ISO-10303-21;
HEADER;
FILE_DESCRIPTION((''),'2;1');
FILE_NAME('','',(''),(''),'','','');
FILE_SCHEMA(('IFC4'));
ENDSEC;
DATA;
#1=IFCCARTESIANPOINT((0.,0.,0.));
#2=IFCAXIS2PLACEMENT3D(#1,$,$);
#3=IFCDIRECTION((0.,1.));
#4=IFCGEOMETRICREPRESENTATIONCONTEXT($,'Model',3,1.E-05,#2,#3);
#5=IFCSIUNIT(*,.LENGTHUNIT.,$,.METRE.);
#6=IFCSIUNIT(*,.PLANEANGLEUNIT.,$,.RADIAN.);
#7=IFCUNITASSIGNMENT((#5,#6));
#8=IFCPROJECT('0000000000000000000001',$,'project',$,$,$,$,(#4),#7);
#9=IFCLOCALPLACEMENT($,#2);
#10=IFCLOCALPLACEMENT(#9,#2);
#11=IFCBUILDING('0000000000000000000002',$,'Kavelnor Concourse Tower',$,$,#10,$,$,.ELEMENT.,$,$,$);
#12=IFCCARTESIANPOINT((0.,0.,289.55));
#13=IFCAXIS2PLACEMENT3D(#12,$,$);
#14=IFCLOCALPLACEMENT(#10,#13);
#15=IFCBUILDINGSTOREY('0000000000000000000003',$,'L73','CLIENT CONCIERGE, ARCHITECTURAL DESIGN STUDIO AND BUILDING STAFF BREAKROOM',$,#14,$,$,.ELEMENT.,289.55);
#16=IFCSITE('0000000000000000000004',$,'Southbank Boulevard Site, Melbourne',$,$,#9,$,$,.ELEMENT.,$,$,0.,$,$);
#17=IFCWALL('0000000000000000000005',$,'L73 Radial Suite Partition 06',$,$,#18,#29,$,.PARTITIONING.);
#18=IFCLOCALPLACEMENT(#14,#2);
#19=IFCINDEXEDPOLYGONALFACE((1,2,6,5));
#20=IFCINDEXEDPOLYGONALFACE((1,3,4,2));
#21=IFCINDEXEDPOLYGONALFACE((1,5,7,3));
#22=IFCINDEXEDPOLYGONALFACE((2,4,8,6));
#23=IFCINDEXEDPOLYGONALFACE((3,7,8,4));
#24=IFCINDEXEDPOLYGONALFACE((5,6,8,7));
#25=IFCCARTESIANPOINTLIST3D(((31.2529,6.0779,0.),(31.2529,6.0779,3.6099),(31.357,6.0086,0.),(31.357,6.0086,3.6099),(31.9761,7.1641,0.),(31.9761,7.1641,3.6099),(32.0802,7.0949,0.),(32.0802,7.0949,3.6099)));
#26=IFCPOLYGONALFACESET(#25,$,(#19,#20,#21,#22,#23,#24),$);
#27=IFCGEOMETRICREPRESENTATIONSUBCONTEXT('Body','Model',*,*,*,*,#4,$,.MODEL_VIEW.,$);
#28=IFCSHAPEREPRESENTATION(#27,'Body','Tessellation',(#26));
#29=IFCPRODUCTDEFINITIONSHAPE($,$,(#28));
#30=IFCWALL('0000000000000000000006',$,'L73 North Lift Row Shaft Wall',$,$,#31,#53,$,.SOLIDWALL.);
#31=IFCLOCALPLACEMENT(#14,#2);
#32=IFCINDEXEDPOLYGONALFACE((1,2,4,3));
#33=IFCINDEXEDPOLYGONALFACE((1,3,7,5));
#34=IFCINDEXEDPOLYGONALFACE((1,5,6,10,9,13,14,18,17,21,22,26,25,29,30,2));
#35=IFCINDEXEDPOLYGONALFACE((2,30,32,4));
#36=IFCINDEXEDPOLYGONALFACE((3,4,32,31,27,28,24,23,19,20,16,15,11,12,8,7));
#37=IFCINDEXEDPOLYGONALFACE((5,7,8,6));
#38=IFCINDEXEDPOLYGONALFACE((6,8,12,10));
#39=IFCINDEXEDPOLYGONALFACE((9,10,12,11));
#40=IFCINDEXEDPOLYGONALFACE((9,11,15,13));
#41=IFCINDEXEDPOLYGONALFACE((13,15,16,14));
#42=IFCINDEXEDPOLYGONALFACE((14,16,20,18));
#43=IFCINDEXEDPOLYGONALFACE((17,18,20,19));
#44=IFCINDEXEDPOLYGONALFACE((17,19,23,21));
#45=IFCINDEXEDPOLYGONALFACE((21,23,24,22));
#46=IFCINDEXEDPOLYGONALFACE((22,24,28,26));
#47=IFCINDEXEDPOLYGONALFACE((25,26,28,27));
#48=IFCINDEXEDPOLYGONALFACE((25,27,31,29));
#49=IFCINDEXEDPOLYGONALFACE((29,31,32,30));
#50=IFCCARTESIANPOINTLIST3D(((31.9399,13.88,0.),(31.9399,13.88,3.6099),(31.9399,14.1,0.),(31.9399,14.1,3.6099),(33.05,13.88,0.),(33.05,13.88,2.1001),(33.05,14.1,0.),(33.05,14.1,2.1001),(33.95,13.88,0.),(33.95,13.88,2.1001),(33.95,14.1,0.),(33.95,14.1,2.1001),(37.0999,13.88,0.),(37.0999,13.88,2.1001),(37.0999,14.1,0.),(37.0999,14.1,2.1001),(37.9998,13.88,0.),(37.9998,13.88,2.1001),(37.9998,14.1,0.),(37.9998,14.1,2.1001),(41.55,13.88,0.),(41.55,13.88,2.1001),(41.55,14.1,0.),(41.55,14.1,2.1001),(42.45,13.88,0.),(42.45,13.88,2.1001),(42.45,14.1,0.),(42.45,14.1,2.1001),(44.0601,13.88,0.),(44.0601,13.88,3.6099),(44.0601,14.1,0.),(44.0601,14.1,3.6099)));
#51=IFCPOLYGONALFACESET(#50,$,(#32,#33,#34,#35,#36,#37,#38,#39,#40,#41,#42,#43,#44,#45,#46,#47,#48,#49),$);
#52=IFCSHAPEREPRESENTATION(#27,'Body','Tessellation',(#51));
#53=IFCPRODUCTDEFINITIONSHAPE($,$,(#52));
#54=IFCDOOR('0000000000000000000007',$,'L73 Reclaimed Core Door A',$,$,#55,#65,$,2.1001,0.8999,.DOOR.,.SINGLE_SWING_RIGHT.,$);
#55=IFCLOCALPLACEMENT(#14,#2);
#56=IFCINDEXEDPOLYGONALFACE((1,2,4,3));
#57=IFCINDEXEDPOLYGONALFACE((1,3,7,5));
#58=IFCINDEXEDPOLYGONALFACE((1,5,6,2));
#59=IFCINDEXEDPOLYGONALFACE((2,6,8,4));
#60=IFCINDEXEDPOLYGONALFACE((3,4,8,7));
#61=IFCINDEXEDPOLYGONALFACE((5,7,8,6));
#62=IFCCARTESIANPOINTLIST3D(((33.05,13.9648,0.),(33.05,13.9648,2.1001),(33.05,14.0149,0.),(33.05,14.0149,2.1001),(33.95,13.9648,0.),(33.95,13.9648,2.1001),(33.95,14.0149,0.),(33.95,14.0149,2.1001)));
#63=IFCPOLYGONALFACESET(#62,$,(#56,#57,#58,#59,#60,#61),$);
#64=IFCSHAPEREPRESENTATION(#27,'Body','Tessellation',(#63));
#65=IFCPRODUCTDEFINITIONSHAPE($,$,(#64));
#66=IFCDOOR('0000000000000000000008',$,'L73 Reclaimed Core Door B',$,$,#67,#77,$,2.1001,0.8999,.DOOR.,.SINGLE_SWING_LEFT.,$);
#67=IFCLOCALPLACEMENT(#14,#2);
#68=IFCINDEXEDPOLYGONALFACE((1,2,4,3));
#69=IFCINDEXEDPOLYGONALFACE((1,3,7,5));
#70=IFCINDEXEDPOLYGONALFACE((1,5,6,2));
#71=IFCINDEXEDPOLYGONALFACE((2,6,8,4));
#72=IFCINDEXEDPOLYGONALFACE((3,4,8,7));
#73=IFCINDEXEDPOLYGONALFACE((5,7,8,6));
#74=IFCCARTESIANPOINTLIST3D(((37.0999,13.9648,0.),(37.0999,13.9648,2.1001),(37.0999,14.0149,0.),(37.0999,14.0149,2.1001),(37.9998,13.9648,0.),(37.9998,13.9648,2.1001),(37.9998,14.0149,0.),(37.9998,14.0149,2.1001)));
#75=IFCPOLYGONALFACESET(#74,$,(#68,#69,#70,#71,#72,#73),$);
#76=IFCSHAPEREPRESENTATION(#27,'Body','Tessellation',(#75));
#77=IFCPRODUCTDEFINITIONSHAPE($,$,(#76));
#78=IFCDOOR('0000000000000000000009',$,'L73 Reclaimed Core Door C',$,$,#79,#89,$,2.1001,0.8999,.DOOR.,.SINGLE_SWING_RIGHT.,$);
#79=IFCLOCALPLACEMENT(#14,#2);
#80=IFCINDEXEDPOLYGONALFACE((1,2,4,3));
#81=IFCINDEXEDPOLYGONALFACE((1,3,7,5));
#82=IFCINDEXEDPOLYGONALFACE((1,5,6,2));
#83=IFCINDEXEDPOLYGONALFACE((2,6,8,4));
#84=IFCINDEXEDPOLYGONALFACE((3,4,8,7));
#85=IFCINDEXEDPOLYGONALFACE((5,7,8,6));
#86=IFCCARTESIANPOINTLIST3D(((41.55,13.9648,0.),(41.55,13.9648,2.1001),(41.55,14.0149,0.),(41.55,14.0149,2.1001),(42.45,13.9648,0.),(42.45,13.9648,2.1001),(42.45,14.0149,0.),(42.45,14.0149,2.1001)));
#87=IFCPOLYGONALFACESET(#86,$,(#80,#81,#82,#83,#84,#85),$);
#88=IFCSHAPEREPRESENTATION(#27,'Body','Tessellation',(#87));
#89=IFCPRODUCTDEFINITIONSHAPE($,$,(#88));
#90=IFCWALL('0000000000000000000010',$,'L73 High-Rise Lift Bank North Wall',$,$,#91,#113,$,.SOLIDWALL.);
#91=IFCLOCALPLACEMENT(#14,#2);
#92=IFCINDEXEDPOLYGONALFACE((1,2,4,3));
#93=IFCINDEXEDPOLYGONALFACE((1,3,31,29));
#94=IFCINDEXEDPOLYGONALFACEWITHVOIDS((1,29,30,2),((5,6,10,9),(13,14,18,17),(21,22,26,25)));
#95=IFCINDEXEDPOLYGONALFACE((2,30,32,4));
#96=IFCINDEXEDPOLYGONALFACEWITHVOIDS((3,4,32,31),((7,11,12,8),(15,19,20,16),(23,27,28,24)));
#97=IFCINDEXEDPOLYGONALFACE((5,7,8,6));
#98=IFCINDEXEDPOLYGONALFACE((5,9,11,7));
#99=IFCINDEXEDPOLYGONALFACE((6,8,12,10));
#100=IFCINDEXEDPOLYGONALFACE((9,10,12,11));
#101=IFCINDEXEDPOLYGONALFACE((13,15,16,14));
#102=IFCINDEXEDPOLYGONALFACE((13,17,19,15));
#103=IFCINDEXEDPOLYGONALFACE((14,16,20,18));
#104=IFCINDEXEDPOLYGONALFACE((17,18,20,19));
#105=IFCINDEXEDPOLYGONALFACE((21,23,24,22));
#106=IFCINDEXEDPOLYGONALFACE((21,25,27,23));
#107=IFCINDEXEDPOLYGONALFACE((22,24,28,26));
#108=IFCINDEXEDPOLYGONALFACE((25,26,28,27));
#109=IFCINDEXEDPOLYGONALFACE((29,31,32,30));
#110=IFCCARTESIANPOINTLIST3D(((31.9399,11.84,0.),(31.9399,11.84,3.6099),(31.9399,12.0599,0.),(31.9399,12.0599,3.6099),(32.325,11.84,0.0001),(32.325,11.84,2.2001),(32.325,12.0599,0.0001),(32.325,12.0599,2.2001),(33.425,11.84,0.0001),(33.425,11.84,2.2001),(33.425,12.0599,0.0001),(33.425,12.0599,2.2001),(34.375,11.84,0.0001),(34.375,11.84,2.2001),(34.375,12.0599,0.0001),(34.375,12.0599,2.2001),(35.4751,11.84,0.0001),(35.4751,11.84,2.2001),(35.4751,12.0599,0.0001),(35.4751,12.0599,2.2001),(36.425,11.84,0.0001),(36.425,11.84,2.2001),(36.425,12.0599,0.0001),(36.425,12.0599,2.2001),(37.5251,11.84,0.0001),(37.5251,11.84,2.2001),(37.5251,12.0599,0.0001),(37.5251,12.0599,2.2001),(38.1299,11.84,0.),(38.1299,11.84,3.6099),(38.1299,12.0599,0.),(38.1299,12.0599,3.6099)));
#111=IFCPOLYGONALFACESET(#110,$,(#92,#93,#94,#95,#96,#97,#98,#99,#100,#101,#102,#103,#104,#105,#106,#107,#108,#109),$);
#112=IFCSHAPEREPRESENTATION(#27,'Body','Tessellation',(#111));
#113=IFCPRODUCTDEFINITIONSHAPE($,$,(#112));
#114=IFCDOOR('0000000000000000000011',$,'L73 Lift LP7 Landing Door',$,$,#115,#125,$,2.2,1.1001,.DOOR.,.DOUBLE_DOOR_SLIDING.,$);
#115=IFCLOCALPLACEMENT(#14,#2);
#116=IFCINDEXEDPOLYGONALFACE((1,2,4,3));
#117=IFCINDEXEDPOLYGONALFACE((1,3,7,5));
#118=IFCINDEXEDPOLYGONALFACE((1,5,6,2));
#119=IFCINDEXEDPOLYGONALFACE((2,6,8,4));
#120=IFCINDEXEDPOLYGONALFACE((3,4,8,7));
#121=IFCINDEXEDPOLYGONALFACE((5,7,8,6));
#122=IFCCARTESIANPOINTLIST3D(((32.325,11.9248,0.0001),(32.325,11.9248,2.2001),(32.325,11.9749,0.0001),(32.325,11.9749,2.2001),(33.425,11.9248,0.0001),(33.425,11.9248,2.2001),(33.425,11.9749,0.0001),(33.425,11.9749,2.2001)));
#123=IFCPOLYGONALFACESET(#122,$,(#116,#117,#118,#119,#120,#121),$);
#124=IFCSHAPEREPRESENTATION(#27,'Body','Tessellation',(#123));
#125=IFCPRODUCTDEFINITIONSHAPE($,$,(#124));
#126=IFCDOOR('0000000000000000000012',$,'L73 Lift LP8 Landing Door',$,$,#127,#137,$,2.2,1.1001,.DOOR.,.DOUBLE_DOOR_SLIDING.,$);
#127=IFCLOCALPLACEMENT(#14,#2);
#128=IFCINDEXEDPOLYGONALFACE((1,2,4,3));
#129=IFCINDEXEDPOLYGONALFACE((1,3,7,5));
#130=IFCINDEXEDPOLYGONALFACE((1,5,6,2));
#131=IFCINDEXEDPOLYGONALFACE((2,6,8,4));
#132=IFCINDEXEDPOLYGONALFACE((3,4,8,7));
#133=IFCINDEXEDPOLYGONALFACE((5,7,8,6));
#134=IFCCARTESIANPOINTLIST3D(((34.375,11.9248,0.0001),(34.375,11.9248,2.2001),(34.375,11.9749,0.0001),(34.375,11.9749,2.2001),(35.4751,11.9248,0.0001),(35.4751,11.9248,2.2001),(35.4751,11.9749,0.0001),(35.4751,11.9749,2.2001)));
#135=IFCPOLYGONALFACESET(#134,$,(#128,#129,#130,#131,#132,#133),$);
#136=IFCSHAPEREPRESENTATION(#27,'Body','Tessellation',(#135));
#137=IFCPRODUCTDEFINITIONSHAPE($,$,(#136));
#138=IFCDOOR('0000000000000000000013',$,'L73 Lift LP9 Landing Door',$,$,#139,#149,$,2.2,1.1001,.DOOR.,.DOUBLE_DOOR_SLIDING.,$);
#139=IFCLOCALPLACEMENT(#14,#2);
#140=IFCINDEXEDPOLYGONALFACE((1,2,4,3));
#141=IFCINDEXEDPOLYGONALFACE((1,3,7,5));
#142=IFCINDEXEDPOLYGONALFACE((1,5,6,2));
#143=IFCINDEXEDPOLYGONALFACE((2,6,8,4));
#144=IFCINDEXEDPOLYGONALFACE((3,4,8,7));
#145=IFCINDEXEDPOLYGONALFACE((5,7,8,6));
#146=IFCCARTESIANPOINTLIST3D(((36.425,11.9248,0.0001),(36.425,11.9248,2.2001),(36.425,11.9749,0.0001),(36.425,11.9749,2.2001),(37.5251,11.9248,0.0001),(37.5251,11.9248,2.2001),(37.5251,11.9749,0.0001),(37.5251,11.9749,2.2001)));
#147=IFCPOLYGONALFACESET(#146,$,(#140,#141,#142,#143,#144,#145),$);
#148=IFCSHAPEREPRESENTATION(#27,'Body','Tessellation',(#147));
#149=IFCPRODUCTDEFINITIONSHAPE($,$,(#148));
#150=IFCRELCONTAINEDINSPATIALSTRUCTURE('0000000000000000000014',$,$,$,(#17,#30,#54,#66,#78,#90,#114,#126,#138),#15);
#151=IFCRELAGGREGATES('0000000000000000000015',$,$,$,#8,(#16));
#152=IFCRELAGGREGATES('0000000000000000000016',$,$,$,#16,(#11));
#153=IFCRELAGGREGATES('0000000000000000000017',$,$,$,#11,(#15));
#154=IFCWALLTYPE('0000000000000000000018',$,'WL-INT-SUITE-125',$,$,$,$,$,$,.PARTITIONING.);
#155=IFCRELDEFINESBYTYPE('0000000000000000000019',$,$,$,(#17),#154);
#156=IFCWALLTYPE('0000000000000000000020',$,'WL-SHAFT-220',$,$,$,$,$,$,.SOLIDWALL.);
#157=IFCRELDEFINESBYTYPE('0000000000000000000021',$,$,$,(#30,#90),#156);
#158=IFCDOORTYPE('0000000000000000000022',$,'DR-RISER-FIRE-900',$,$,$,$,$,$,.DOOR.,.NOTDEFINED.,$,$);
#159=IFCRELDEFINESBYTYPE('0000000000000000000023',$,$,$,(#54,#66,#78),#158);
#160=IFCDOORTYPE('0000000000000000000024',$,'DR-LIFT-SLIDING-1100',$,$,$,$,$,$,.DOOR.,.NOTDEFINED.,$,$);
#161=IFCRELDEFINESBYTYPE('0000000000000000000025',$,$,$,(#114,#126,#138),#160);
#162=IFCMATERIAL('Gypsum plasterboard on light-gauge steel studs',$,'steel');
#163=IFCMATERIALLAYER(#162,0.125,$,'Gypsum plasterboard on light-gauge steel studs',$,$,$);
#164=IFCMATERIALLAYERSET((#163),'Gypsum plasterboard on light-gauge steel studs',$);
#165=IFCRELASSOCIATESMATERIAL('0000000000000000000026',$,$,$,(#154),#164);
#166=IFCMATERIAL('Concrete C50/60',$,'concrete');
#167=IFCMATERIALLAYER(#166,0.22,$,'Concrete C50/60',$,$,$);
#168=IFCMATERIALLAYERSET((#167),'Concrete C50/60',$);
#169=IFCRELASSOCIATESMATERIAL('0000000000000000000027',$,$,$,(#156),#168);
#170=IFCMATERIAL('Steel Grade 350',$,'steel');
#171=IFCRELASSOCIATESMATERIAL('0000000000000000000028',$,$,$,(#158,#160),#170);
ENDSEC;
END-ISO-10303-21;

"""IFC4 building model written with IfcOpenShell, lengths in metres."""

from ifc_helpers import new_model, si_unit, direction, frame, frame_2d, origin, place, context, subcontext, project, spatial, rectangle, extrude, material, layer, layer_set, type_object, element, fill, save


model = new_model("IFC4")

# Units and contexts
model_context = context("Model", 3, precision=1e-05, world=origin(), true_north=direction((0.0, 1.0)))
body_context = subcontext(model_context, "Body", "Model", "MODEL_VIEW")
ifc_project = project(units=[si_unit("LENGTHUNIT", "METRE"), si_unit("PLANEANGLEUNIT", "RADIAN")], contexts=[model_context])

# Site, building, storey
site_placement = place(None, origin())
site = spatial("IfcSite", under=ifc_project, at=site_placement, Name="Southbank Boulevard Site, Melbourne", CompositionType="ELEMENT", RefElevation=0.0)
building_placement = place(site_placement, origin())
building = spatial("IfcBuilding", under=site, at=building_placement, Name="Kavelnor Concourse Tower", CompositionType="ELEMENT")
storey_placement = place(building_placement, frame((0.0, 0.0, 289.55)))
storey = spatial("IfcBuildingStorey", under=building, at=storey_placement, Name="L73", Description="CLIENT CONCIERGE, ARCHITECTURAL DESIGN STUDIO AND BUILDING STAFF BREAKROOM", CompositionType="ELEMENT", Elevation=289.55)

# Shared definitions
ifc_material_1 = material(Name="Steel Grade 350", Category="steel")

# Wall
ifc_material_2 = material(Name="Gypsum plasterboard on light-gauge steel studs", Category="steel")
ifc_layer_1 = layer(ifc_material_2, 0.125, Name="Gypsum plasterboard on light-gauge steel studs")
ifc_layer_set_1 = layer_set([ifc_layer_1], Name="Gypsum plasterboard on light-gauge steel studs")
wall_type_1 = type_object("IfcWallType", Name="WL-INT-SUITE-125", PredefinedType="PARTITIONING", material=ifc_layer_set_1)
wall_1_placement = place(storey_placement, frame((32.0281, 7.1294, 0.0), z_axis=(0.0, 0.0, 1.0), x_axis=(-0.554182, -0.832396, 0.0)))
element("IfcWall", 1, at=wall_1_placement, inside=storey, type_object=wall_type_1, Name="L73 Radial Suite Partition 06", PredefinedType="PARTITIONING", context=body_context, shape_type="SweptSolid", body=[
    extrude(rectangle(XDim=1.3049, YDim=0.125, at=frame_2d((0.6523, 0.0))), origin(), (0.0, 0.0, 1.0), 3.6099),
])

# Walls, openings, doors
ifc_material_3 = material(Name="Concrete C50/60", Category="concrete")
ifc_layer_2 = layer(ifc_material_3, 0.22, Name="Concrete C50/60")
ifc_layer_set_2 = layer_set([ifc_layer_2], Name="Concrete C50/60")
wall_type_2 = type_object("IfcWallType", Name="WL-SHAFT-220", PredefinedType="SOLIDWALL", material=ifc_layer_set_2)
wall_2_placement = place(storey_placement, frame((31.9399, 13.99, 0.0), z_axis=(0.0, 0.0, 1.0), x_axis=(1.0, 0.0, 0.0)))
wall_2 = element("IfcWall", 2, at=wall_2_placement, inside=storey, type_object=wall_type_2, Name="L73 North Lift Row Shaft Wall", PredefinedType="SOLIDWALL", context=body_context, shape_type="SweptSolid", body=[
    extrude(rectangle(XDim=12.1201, YDim=0.22, at=frame_2d((6.0601, 0.0))), origin(), (0.0, 0.0, 1.0), 3.6099),
])
opening_1_placement = place(wall_2_placement, frame((1.1101, 0.0, 0.0)))
opening_1 = element("IfcOpeningElement", 3, at=opening_1_placement, cuts=wall_2, PredefinedType="OPENING", context=body_context, shape_type="SweptSolid", body=[
    extrude(rectangle(XDim=0.8999, YDim=2.1001, at=frame_2d((0.45, 1.05))), frame((0.0, 0.1201, 0.0), z_axis=(0.0, -1.0, 0.0), x_axis=(1.0, 0.0, 0.0)), (0.0, 0.0, 1.0), 0.24),
])
opening_2_placement = place(wall_2_placement, frame((5.1599, 0.0, 0.0)))
opening_2 = element("IfcOpeningElement", 4, at=opening_2_placement, cuts=wall_2, PredefinedType="OPENING", context=body_context, shape_type="SweptSolid", body=[
    extrude(rectangle(XDim=0.8999, YDim=2.1001, at=frame_2d((0.45, 1.05))), frame((0.0, 0.1201, 0.0), z_axis=(0.0, -1.0, 0.0), x_axis=(1.0, 0.0, 0.0)), (0.0, 0.0, 1.0), 0.24),
])
opening_3_placement = place(wall_2_placement, frame((9.6101, 0.0, 0.0)))
opening_3 = element("IfcOpeningElement", 5, at=opening_3_placement, cuts=wall_2, PredefinedType="OPENING", context=body_context, shape_type="SweptSolid", body=[
    extrude(rectangle(XDim=0.8999, YDim=2.1001, at=frame_2d((0.45, 1.05))), frame((0.0, 0.1201, 0.0), z_axis=(0.0, -1.0, 0.0), x_axis=(1.0, 0.0, 0.0)), (0.0, 0.0, 1.0), 0.24),
])
door_type_1 = type_object("IfcDoorType", Name="DR-RISER-FIRE-900", OperationType="NOTDEFINED", PredefinedType="DOOR", material=ifc_material_1)
door_1_placement = place(opening_1_placement, origin())
door_1 = element("IfcDoor", 6, at=door_1_placement, inside=storey, type_object=door_type_1, Name="L73 Reclaimed Core Door A", OperationType="SINGLE_SWING_RIGHT", OverallHeight=2.1001, OverallWidth=0.8999, PredefinedType="DOOR", context=body_context, shape_type="SweptSolid", body=[
    extrude(rectangle(XDim=0.8999, YDim=2.1001, at=frame_2d((0.45, 1.05))), frame((0.0, 0.0249, 0.0), z_axis=(0.0, -1.0, 0.0), x_axis=(1.0, 0.0, 0.0)), (0.0, 0.0, 1.0), 0.05),
])
fill(opening_1, door_1)
door_2_placement = place(opening_2_placement, origin())
door_2 = element("IfcDoor", 7, at=door_2_placement, inside=storey, type_object=door_type_1, Name="L73 Reclaimed Core Door B", OperationType="SINGLE_SWING_LEFT", OverallHeight=2.1001, OverallWidth=0.8999, PredefinedType="DOOR", context=body_context, shape_type="SweptSolid", body=[
    extrude(rectangle(XDim=0.8999, YDim=2.1001, at=frame_2d((0.45, 1.05))), frame((0.0, 0.0249, 0.0), z_axis=(0.0, -1.0, 0.0), x_axis=(1.0, 0.0, 0.0)), (0.0, 0.0, 1.0), 0.05),
])
fill(opening_2, door_2)
door_3_placement = place(opening_3_placement, origin())
door_3 = element("IfcDoor", 8, at=door_3_placement, inside=storey, type_object=door_type_1, Name="L73 Reclaimed Core Door C", OperationType="SINGLE_SWING_RIGHT", OverallHeight=2.1001, OverallWidth=0.8999, PredefinedType="DOOR", context=body_context, shape_type="SweptSolid", body=[
    extrude(rectangle(XDim=0.8999, YDim=2.1001, at=frame_2d((0.45, 1.05))), frame((0.0, 0.0249, 0.0), z_axis=(0.0, -1.0, 0.0), x_axis=(1.0, 0.0, 0.0)), (0.0, 0.0, 1.0), 0.05),
])
fill(opening_3, door_3)
wall_3_placement = place(storey_placement, frame((31.9399, 11.95, 0.0), z_axis=(0.0, 0.0, 1.0), x_axis=(1.0, 0.0, 0.0)))
wall_3 = element("IfcWall", 9, at=wall_3_placement, inside=storey, type_object=wall_type_2, Name="L73 High-Rise Lift Bank North Wall", PredefinedType="SOLIDWALL", context=body_context, shape_type="SweptSolid", body=[
    extrude(rectangle(XDim=6.1899, YDim=0.22, at=frame_2d((3.095, 0.0))), origin(), (0.0, 0.0, 1.0), 3.6099),
])
opening_4_placement = place(wall_3_placement, frame((0.385, 0.0, 0.0)))
opening_4 = element("IfcOpeningElement", 10, at=opening_4_placement, cuts=wall_3, PredefinedType="OPENING", context=body_context, shape_type="SweptSolid", body=[
    extrude(rectangle(XDim=1.1001, YDim=2.2, at=frame_2d((0.55, 1.1001))), frame((0.0, 0.1201, 0.0), z_axis=(0.0, -1.0, 0.0), x_axis=(1.0, 0.0, 0.0)), (0.0, 0.0, 1.0), 0.24),
])
opening_5_placement = place(wall_3_placement, frame((2.4351, 0.0, 0.0)))
opening_5 = element("IfcOpeningElement", 11, at=opening_5_placement, cuts=wall_3, PredefinedType="OPENING", context=body_context, shape_type="SweptSolid", body=[
    extrude(rectangle(XDim=1.1001, YDim=2.2, at=frame_2d((0.55, 1.1001))), frame((0.0, 0.1201, 0.0), z_axis=(0.0, -1.0, 0.0), x_axis=(1.0, 0.0, 0.0)), (0.0, 0.0, 1.0), 0.24),
])
opening_6_placement = place(wall_3_placement, frame((4.4851, 0.0, 0.0)))
opening_6 = element("IfcOpeningElement", 12, at=opening_6_placement, cuts=wall_3, PredefinedType="OPENING", context=body_context, shape_type="SweptSolid", body=[
    extrude(rectangle(XDim=1.1001, YDim=2.2, at=frame_2d((0.55, 1.1001))), frame((0.0, 0.1201, 0.0), z_axis=(0.0, -1.0, 0.0), x_axis=(1.0, 0.0, 0.0)), (0.0, 0.0, 1.0), 0.24),
])
door_type_2 = type_object("IfcDoorType", Name="DR-LIFT-SLIDING-1100", OperationType="NOTDEFINED", PredefinedType="DOOR", material=ifc_material_1)
door_4_placement = place(opening_4_placement, origin())
door_4 = element("IfcDoor", 13, at=door_4_placement, inside=storey, type_object=door_type_2, Name="L73 Lift LP7 Landing Door", OperationType="DOUBLE_DOOR_SLIDING", OverallHeight=2.2, OverallWidth=1.1001, PredefinedType="DOOR", context=body_context, shape_type="SweptSolid", body=[
    extrude(rectangle(XDim=1.1001, YDim=2.2, at=frame_2d((0.55, 1.1001))), frame((0.0, 0.0249, 0.0), z_axis=(0.0, -1.0, 0.0), x_axis=(1.0, 0.0, 0.0)), (0.0, 0.0, 1.0), 0.05),
])
fill(opening_4, door_4)
door_5_placement = place(opening_5_placement, origin())
door_5 = element("IfcDoor", 14, at=door_5_placement, inside=storey, type_object=door_type_2, Name="L73 Lift LP8 Landing Door", OperationType="DOUBLE_DOOR_SLIDING", OverallHeight=2.2, OverallWidth=1.1001, PredefinedType="DOOR", context=body_context, shape_type="SweptSolid", body=[
    extrude(rectangle(XDim=1.1001, YDim=2.2, at=frame_2d((0.55, 1.1001))), frame((0.0, 0.0249, 0.0), z_axis=(0.0, -1.0, 0.0), x_axis=(1.0, 0.0, 0.0)), (0.0, 0.0, 1.0), 0.05),
])
fill(opening_5, door_5)
door_6_placement = place(opening_6_placement, origin())
door_6 = element("IfcDoor", 15, at=door_6_placement, inside=storey, type_object=door_type_2, Name="L73 Lift LP9 Landing Door", OperationType="DOUBLE_DOOR_SLIDING", OverallHeight=2.2, OverallWidth=1.1001, PredefinedType="DOOR", context=body_context, shape_type="SweptSolid", body=[
    extrude(rectangle(XDim=1.1001, YDim=2.2, at=frame_2d((0.55, 1.1001))), frame((0.0, 0.0249, 0.0), z_axis=(0.0, -1.0, 0.0), x_axis=(1.0, 0.0, 0.0)), (0.0, 0.0, 1.0), 0.05),
])
fill(opening_6, door_6)

save(model, "model.ifc")
